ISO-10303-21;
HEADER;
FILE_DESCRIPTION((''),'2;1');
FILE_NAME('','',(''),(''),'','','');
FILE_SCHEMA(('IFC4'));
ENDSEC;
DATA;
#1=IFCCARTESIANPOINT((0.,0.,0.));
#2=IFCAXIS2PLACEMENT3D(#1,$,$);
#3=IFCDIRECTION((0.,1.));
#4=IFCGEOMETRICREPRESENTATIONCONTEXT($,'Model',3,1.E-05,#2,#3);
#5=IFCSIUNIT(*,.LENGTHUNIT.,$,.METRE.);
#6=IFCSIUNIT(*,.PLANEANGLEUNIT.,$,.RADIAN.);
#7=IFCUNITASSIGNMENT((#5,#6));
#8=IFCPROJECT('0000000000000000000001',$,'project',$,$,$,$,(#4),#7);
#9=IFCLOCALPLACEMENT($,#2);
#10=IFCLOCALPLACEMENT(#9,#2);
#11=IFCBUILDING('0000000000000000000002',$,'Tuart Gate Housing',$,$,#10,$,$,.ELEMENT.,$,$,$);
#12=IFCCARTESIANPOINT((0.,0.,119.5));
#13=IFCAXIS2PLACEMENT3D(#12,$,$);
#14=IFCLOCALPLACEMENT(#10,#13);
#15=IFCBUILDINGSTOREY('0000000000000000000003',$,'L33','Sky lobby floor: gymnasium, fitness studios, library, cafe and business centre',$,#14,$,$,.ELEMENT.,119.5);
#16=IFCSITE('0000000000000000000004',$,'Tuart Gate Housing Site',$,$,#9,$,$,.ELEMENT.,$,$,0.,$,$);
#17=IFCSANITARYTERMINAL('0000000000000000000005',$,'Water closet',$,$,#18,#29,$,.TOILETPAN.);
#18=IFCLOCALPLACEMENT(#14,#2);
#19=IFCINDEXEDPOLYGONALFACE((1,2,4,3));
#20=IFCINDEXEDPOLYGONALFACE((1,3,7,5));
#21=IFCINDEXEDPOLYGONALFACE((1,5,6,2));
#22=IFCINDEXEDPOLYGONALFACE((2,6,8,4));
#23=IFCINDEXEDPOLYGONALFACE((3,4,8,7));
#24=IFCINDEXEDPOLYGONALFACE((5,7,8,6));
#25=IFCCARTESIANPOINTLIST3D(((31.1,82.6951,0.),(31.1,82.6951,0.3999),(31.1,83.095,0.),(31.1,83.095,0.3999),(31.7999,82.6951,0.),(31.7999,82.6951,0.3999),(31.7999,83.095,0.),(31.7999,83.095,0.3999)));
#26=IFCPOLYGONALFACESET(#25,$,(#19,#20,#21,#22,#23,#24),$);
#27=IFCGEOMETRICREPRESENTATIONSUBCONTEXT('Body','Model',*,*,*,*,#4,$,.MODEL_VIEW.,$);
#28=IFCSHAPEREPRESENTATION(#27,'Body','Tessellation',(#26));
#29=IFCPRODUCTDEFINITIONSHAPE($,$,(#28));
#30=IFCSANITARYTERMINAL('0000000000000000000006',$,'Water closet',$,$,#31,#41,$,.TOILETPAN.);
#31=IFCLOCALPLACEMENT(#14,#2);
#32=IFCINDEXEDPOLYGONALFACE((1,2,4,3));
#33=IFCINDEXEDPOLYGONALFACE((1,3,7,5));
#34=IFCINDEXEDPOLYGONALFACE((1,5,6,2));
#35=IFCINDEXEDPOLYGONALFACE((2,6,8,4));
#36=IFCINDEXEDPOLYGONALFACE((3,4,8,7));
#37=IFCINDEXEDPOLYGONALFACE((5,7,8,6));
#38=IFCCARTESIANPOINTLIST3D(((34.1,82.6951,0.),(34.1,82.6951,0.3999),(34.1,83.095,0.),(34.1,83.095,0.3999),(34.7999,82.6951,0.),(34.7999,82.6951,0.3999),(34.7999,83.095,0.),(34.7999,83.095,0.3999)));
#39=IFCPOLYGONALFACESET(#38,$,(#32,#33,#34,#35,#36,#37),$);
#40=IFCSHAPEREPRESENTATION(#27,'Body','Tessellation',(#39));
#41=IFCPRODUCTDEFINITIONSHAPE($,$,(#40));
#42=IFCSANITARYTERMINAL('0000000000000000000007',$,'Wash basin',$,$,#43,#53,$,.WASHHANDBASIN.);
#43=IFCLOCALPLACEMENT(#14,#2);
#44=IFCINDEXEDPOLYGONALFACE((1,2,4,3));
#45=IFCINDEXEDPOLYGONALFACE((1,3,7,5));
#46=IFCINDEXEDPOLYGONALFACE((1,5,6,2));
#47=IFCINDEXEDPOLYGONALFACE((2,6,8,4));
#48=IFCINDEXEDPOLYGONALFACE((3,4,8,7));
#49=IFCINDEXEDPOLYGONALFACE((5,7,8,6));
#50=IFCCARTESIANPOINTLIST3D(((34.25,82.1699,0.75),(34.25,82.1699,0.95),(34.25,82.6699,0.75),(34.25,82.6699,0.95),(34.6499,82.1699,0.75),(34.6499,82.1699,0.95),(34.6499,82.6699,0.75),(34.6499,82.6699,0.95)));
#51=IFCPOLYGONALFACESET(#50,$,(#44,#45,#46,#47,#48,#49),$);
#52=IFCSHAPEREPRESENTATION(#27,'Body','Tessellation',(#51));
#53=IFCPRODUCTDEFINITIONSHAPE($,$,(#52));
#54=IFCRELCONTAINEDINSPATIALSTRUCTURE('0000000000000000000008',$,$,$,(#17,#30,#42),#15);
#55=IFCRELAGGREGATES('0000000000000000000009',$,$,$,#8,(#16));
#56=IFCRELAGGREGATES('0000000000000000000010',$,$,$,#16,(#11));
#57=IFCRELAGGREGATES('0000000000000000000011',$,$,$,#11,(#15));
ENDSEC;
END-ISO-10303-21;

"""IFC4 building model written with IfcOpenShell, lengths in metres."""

from ifc_helpers import new_model, si_unit, direction, frame, origin, origin_2d, place, context, subcontext, project, spatial, rectangle, extrude, element, save


model = new_model("IFC4")

# Units and contexts
model_context = context("Model", 3, precision=1e-05, world=origin(), true_north=direction((0.0, 1.0)))
body_context = subcontext(model_context, "Body", "Model", "MODEL_VIEW")
ifc_project = project(units=[si_unit("LENGTHUNIT", "METRE"), si_unit("PLANEANGLEUNIT", "RADIAN")], contexts=[model_context])

# Site, building, storey
site_placement = place(None, origin())
site = spatial("IfcSite", under=ifc_project, at=site_placement, Name="Tuart Gate Housing Site", CompositionType="ELEMENT", RefElevation=0.0)
building_placement = place(site_placement, origin())
building = spatial("IfcBuilding", under=site, at=building_placement, Name="Tuart Gate Housing", CompositionType="ELEMENT")
storey_placement = place(building_placement, frame((0.0, 0.0, 119.5)))
storey = spatial("IfcBuildingStorey", under=building, at=storey_placement, Name="L33", Description="Sky lobby floor: gymnasium, fitness studios, library, cafe and business centre", CompositionType="ELEMENT", Elevation=119.5)

# Sanitary terminals
for number, where, z_axis, x_axis, name in (
    (1, (31.45, 82.895, 0.0), (0.0, 0.0, 1.0), (1.0, 0.0, 0.0), "Water closet"),
    (2, (34.45, 82.895, 0.0), (0.0, 0.0, 1.0), (1.0, 0.0, 0.0), "Water closet"),
):
    element("IfcSanitaryTerminal", number, at=place(storey_placement, frame(where, z_axis=z_axis, x_axis=x_axis)), inside=storey, Name=name, PredefinedType="TOILETPAN", context=body_context, shape_type="SweptSolid", body=[
        extrude(rectangle(XDim=0.7, YDim=0.3999, at=origin_2d()), origin(), (0.0, 0.0, 1.0), 0.3999),
    ])
sanitary_terminal_placement = place(storey_placement, frame((34.45, 82.4199, 0.75), z_axis=(0.0, 0.0, 1.0), x_axis=(1.0, 0.0, 0.0)))
element("IfcSanitaryTerminal", 3, at=sanitary_terminal_placement, inside=storey, Name="Wash basin", PredefinedType="WASHHANDBASIN", context=body_context, shape_type="SweptSolid", body=[
    extrude(rectangle(XDim=0.3999, YDim=0.5, at=origin_2d()), origin(), (0.0, 0.0, 1.0), 0.2),
])

save(model, "model.ifc")
